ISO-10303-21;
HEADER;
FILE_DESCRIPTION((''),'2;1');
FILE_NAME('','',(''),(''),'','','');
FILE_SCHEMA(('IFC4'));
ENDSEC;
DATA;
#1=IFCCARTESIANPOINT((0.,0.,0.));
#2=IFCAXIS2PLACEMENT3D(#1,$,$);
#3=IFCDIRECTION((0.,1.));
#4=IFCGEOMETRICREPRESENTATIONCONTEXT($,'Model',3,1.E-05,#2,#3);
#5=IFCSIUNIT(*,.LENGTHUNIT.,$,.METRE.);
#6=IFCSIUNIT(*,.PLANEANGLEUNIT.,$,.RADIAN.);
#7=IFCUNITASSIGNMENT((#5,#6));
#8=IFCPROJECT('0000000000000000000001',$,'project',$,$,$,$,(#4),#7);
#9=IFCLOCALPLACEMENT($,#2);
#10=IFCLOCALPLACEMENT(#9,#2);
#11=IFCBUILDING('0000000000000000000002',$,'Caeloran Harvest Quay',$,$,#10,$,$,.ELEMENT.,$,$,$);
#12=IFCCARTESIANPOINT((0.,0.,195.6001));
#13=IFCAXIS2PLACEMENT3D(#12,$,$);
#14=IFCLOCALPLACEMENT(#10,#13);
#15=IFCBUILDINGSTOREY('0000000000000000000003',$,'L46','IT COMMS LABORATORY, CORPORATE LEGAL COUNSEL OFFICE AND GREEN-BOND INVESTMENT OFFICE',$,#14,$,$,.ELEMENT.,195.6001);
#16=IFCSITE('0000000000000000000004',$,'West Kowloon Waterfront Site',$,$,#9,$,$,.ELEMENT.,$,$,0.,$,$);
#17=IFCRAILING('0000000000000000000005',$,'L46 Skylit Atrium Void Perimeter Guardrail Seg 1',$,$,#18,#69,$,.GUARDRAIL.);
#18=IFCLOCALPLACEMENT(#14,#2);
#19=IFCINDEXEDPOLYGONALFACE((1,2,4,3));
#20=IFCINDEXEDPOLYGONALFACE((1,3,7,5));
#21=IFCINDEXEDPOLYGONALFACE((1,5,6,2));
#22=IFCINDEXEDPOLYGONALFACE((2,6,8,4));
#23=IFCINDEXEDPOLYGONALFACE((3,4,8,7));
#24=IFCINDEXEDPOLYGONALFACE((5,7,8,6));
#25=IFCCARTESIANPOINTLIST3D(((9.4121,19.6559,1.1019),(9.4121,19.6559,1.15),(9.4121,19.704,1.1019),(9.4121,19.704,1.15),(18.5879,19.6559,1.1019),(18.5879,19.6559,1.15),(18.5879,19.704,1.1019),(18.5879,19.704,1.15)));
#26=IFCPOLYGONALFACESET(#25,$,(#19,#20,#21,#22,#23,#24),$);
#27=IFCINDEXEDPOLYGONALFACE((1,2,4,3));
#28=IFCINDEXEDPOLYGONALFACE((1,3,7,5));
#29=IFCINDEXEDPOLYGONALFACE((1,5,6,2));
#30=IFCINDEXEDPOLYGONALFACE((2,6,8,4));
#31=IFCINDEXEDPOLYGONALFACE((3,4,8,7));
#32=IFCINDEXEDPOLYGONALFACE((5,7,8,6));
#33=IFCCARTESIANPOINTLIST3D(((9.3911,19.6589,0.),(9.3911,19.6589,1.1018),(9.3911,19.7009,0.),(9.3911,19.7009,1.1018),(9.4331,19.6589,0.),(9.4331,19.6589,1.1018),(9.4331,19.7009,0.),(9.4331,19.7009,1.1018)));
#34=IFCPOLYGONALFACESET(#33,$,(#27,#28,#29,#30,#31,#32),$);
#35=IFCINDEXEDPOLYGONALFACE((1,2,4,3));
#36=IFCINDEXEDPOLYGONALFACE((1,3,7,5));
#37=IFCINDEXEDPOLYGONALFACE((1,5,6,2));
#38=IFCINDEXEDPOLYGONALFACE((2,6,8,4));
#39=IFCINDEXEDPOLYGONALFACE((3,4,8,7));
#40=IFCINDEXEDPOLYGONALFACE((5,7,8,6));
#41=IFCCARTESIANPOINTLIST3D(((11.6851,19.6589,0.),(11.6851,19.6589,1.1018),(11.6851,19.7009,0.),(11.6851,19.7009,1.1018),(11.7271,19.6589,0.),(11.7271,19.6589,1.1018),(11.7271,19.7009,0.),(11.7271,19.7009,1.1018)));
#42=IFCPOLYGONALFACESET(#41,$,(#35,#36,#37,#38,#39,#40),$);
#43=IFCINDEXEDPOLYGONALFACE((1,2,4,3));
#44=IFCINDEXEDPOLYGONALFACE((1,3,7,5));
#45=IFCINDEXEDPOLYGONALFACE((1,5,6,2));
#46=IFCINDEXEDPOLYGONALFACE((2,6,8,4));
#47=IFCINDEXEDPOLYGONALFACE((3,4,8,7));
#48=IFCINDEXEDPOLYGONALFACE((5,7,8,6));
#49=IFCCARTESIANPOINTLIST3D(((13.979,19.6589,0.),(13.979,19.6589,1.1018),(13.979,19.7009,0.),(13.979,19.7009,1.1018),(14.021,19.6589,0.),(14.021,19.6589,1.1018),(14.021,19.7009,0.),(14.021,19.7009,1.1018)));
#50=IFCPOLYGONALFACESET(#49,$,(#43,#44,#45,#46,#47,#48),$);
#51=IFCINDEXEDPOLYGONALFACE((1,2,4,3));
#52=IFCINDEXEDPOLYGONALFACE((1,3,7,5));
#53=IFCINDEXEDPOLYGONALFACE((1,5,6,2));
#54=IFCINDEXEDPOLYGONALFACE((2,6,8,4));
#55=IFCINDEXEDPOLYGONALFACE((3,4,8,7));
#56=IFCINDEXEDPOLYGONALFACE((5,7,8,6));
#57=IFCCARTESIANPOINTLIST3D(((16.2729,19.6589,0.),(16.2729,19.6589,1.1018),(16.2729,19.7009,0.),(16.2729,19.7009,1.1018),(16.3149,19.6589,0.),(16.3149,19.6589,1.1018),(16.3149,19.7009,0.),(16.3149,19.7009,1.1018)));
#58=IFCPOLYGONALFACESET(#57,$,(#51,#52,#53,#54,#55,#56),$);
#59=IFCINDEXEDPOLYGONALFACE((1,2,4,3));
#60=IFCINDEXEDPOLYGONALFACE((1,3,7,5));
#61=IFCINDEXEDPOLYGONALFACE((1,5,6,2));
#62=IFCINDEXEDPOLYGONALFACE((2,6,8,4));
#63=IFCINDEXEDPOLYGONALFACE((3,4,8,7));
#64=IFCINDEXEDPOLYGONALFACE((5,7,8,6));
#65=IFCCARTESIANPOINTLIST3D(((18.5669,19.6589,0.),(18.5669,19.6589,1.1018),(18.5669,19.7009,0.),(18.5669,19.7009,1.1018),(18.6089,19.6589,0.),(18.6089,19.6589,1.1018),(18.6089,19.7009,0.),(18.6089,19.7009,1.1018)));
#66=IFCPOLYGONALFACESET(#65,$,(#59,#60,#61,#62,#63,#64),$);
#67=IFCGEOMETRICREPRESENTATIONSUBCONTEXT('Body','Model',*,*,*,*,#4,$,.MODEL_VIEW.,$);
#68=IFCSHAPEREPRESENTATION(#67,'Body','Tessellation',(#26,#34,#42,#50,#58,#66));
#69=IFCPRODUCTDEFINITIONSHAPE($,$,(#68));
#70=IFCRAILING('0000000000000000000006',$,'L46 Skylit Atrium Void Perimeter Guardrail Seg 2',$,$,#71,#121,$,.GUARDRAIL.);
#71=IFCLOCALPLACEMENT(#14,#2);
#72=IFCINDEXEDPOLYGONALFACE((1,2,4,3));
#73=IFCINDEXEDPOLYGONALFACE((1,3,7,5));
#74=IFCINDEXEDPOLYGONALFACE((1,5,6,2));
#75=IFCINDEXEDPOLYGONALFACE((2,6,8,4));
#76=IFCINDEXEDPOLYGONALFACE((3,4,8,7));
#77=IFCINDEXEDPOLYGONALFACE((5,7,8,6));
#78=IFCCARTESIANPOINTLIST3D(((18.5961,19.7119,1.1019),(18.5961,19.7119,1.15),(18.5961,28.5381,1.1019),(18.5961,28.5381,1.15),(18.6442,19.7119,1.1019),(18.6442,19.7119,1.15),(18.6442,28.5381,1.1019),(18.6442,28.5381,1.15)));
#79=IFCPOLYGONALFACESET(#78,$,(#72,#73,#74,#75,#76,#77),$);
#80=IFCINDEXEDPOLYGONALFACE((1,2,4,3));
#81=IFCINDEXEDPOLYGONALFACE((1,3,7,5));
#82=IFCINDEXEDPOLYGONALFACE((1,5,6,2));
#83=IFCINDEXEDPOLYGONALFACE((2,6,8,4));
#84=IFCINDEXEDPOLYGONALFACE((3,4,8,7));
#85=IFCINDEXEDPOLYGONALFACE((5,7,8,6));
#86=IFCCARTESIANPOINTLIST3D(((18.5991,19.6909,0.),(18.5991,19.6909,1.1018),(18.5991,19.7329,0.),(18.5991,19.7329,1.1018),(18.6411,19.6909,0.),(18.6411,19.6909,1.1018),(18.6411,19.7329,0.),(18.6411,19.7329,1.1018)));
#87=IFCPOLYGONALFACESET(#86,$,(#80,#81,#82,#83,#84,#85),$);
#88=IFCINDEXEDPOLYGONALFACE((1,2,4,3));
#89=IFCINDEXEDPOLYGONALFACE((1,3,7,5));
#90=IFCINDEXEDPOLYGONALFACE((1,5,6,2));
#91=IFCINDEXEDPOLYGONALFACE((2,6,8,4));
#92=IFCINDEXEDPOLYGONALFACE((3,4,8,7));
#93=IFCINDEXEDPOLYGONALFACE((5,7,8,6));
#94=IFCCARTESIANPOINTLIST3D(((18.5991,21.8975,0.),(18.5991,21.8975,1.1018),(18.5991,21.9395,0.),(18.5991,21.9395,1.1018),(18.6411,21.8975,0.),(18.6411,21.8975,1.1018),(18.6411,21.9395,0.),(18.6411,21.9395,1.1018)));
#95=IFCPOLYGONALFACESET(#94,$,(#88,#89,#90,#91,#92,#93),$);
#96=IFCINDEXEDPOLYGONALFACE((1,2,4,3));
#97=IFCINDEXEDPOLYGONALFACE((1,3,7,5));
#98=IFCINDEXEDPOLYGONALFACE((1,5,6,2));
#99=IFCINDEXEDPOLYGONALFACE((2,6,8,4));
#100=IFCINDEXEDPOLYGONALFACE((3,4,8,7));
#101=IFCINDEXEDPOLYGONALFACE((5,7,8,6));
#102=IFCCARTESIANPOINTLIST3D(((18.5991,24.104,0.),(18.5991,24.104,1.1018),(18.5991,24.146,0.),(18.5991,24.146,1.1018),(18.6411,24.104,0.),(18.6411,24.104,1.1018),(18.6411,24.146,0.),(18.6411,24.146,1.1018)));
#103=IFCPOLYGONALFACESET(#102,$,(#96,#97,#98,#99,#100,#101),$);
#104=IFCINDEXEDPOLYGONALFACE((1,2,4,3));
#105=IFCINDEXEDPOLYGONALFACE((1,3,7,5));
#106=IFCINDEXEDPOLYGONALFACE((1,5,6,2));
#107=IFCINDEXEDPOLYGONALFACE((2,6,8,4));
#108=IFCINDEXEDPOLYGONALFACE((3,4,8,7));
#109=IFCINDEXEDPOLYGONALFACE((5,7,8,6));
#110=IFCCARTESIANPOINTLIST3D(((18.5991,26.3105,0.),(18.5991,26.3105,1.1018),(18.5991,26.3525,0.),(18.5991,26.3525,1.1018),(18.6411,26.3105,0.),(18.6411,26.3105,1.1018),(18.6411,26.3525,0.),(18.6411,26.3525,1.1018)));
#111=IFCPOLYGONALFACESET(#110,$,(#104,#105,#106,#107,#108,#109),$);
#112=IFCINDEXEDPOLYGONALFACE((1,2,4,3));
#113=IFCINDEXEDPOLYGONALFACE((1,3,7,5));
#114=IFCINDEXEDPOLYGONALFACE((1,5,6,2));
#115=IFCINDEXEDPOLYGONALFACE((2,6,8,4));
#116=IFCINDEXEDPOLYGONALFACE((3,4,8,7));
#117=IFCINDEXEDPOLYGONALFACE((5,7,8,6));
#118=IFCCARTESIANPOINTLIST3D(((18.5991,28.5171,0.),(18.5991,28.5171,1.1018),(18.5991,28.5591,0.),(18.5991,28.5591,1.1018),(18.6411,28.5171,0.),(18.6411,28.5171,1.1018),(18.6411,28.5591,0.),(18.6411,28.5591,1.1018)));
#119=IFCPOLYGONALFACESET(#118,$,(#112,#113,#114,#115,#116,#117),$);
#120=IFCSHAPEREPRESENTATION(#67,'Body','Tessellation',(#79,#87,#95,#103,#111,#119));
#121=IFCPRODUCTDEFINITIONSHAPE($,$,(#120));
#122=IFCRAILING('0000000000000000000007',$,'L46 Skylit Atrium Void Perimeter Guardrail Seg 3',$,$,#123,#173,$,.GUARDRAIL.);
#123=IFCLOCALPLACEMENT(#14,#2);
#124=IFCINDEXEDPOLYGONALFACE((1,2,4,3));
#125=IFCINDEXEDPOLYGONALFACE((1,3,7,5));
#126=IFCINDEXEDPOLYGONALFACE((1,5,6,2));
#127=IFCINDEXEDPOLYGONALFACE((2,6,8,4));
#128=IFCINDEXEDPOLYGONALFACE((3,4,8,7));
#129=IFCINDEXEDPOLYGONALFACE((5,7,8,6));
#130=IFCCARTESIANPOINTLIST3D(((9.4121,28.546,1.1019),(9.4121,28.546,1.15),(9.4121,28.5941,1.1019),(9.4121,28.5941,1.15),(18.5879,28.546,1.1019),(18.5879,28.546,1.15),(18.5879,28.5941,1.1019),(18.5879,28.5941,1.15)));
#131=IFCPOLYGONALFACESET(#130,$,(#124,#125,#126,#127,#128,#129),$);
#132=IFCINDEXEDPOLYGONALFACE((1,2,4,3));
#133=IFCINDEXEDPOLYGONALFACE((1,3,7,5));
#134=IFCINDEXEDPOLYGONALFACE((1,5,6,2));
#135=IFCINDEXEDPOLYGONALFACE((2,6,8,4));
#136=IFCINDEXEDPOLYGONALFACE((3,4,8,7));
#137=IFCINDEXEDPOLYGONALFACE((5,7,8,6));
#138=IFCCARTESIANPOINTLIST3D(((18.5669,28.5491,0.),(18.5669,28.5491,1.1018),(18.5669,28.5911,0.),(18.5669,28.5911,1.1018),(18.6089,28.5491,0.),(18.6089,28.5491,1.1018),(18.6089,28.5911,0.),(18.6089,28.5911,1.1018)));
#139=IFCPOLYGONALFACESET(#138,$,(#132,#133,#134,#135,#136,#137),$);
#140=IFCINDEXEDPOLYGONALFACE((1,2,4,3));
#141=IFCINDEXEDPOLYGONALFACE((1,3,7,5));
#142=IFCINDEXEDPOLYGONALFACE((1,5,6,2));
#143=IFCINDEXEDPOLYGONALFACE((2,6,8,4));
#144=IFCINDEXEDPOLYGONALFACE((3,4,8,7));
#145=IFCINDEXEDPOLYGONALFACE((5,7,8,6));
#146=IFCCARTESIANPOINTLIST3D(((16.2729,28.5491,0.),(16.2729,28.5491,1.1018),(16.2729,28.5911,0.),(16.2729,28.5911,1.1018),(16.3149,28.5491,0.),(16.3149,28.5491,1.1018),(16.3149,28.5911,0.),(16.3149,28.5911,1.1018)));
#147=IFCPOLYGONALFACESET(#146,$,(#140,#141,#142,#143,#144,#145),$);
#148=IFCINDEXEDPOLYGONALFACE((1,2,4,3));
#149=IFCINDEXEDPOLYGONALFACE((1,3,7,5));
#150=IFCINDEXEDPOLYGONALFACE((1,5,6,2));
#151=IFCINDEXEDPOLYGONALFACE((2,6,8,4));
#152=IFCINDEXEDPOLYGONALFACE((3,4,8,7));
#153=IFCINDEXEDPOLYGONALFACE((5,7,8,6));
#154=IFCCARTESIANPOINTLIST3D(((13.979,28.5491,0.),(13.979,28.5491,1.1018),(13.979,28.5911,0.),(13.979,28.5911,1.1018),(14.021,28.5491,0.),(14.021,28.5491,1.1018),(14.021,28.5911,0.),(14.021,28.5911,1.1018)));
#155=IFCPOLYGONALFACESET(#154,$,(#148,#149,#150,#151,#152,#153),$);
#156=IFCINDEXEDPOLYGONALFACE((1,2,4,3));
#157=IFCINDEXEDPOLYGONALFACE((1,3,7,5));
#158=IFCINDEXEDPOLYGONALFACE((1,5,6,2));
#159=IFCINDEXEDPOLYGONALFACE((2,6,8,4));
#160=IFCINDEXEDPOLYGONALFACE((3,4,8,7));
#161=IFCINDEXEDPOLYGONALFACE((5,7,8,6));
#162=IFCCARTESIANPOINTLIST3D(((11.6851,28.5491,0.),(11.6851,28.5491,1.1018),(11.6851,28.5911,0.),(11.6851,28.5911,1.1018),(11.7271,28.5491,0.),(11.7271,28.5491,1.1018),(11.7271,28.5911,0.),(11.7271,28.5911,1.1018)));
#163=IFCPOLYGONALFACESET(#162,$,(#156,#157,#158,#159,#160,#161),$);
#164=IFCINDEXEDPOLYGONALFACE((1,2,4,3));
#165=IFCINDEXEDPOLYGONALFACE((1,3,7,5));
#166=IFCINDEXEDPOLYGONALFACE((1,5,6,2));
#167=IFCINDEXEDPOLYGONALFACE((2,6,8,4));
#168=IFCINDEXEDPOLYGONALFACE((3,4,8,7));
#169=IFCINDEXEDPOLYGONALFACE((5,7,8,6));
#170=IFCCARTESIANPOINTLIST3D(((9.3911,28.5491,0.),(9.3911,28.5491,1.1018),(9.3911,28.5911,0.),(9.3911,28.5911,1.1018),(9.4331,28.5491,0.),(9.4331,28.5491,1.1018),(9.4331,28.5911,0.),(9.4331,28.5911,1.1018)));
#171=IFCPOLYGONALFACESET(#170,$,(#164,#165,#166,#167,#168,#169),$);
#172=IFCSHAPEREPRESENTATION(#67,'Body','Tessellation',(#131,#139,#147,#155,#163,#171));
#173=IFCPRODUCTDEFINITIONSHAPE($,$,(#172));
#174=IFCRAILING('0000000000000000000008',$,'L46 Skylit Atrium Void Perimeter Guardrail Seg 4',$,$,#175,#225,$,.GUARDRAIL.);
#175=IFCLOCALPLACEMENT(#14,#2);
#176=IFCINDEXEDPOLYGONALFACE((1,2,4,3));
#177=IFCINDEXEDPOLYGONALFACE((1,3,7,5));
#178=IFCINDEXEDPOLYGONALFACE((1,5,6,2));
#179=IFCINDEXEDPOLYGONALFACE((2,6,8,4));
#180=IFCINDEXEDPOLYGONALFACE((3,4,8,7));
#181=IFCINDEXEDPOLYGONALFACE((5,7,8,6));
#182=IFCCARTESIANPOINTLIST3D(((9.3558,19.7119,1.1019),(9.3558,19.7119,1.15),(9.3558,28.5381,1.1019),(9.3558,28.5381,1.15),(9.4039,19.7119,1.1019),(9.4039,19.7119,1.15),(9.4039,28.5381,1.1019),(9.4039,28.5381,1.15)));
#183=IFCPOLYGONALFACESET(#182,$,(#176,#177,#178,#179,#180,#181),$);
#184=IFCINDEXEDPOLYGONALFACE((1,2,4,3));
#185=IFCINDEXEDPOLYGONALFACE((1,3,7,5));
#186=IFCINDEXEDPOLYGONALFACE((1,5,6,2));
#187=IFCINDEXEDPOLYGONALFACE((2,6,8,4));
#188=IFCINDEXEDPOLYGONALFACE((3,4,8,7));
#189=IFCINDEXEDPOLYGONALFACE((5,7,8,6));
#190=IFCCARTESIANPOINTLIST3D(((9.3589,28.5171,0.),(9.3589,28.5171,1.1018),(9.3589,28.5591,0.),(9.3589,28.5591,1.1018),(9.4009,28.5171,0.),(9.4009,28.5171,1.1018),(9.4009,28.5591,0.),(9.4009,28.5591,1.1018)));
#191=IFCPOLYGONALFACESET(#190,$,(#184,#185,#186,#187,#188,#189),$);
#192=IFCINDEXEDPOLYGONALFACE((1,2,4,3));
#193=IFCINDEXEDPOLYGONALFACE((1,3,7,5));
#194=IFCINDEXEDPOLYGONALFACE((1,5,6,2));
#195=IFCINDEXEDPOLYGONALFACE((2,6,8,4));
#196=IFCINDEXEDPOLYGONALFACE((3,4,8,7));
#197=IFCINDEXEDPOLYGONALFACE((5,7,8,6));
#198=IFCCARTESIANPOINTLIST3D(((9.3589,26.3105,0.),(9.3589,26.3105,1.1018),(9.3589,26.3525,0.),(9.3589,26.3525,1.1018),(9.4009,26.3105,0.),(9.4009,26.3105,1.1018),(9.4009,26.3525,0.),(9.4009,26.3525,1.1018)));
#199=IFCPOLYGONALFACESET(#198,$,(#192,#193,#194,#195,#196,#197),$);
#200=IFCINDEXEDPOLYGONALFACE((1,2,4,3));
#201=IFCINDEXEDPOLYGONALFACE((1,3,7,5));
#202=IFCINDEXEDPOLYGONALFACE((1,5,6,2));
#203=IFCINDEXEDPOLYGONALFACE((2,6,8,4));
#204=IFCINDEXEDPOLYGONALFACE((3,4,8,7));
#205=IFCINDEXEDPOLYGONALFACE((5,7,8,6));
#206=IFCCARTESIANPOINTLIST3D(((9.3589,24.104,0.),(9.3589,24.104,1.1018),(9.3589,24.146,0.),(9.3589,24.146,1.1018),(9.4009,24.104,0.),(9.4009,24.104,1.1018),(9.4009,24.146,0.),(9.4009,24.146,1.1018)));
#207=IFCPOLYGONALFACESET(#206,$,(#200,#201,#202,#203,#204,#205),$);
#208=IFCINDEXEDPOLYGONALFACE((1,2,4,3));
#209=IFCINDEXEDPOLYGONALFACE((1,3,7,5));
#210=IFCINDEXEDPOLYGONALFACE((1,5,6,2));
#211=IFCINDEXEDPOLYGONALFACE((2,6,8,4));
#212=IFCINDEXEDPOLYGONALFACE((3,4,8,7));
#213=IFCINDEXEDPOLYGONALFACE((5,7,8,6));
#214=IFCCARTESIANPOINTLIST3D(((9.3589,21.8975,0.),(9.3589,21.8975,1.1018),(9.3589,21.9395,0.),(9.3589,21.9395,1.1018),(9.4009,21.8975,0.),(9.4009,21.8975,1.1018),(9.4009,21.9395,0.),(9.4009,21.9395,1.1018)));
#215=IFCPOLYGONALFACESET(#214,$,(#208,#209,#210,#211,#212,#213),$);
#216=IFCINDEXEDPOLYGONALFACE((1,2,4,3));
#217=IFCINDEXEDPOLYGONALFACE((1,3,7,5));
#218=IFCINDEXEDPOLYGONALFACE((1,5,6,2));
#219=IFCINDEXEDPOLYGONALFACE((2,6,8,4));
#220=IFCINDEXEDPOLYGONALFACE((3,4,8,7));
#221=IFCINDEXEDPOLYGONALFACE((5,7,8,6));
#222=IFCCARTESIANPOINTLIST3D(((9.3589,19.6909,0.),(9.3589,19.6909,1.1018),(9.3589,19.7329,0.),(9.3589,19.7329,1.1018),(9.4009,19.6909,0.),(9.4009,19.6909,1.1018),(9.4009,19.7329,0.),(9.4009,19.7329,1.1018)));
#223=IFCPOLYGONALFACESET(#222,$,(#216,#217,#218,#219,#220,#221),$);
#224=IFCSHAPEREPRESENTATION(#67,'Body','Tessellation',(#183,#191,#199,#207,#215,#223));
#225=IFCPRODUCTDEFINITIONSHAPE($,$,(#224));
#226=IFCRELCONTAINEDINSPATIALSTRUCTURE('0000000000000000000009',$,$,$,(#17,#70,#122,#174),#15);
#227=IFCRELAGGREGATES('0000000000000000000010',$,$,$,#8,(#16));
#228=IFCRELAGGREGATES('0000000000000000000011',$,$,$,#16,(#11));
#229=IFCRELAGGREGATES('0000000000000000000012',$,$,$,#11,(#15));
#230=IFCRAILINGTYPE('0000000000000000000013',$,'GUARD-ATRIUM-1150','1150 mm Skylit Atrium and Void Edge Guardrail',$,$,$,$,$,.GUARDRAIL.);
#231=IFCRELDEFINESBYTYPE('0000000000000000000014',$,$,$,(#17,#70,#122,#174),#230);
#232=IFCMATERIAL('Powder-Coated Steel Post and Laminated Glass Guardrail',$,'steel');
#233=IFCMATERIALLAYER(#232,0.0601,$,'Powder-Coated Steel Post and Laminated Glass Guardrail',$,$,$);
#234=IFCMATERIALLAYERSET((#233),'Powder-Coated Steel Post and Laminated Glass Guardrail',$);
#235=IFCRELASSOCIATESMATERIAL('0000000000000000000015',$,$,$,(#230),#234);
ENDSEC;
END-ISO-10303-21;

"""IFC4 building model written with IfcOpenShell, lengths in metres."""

from ifc_helpers import new_model, si_unit, direction, frame, origin, origin_2d, place, context, subcontext, project, spatial, rectangle, extrude, material, layer, layer_set, type_object, element, save


model = new_model("IFC4")

# Units and contexts
model_context = context("Model", 3, precision=1e-05, world=origin(), true_north=direction((0.0, 1.0)))
body_context = subcontext(model_context, "Body", "Model", "MODEL_VIEW")
ifc_project = project(units=[si_unit("LENGTHUNIT", "METRE"), si_unit("PLANEANGLEUNIT", "RADIAN")], contexts=[model_context])

# Site, building, storey
site_placement = place(None, origin())
site = spatial("IfcSite", under=ifc_project, at=site_placement, Name="West Kowloon Waterfront Site", CompositionType="ELEMENT", RefElevation=0.0)
building_placement = place(site_placement, origin())
building = spatial("IfcBuilding", under=site, at=building_placement, Name="Caeloran Harvest Quay", CompositionType="ELEMENT")
storey_placement = place(building_placement, frame((0.0, 0.0, 195.6001)))
storey = spatial("IfcBuildingStorey", under=building, at=storey_placement, Name="L46", Description="IT COMMS LABORATORY, CORPORATE LEGAL COUNSEL OFFICE AND GREEN-BOND INVESTMENT OFFICE", CompositionType="ELEMENT", Elevation=195.6001)

# Railings
ifc_material_1 = material(Name="Powder-Coated Steel Post and Laminated Glass Guardrail", Category="steel")
ifc_layer_1 = layer(ifc_material_1, 0.0601, Name="Powder-Coated Steel Post and Laminated Glass Guardrail")
ifc_layer_set_1 = layer_set([ifc_layer_1], Name="Powder-Coated Steel Post and Laminated Glass Guardrail")
railing_type = type_object("IfcRailingType", Name="GUARD-ATRIUM-1150", Description="1150 mm Skylit Atrium and Void Edge Guardrail", PredefinedType="GUARDRAIL", material=ifc_layer_set_1)
railing_1_placement = place(storey_placement, frame((9.4121, 19.6799, 0.0)))
element("IfcRailing", 1, at=railing_1_placement, inside=storey, type_object=railing_type, Name="L46 Skylit Atrium Void Perimeter Guardrail Seg 1", PredefinedType="GUARDRAIL", context=body_context, shape_type="SweptSolid", body=[
    extrude(rectangle(XDim=0.0481, YDim=0.0481, at=origin_2d()), frame((0.0, 0.0, 1.126), z_axis=(1.0, 0.0, 0.0), x_axis=(0.0, 1.0, 0.0)), (0.0, 0.0, 1.0), 9.1758),
    extrude(rectangle(XDim=0.042, YDim=0.042, at=origin_2d()), origin(), (0.0, 0.0, 1.0), 1.1018),
    extrude(rectangle(XDim=0.042, YDim=0.042, at=origin_2d()), frame((2.2939, 0.0, 0.0)), (0.0, 0.0, 1.0), 1.1018),
    extrude(rectangle(XDim=0.042, YDim=0.042, at=origin_2d()), frame((4.5879, 0.0, 0.0)), (0.0, 0.0, 1.0), 1.1018),
    extrude(rectangle(XDim=0.042, YDim=0.042, at=origin_2d()), frame((6.8818, 0.0, 0.0)), (0.0, 0.0, 1.0), 1.1018),
    extrude(rectangle(XDim=0.042, YDim=0.042, at=origin_2d()), frame((9.1758, 0.0, 0.0)), (0.0, 0.0, 1.0), 1.1018),
])
railing_2_placement = place(storey_placement, frame((18.6201, 19.7119, 0.0)))
element("IfcRailing", 2, at=railing_2_placement, inside=storey, type_object=railing_type, Name="L46 Skylit Atrium Void Perimeter Guardrail Seg 2", PredefinedType="GUARDRAIL", context=body_context, shape_type="SweptSolid", body=[
    extrude(rectangle(XDim=0.0481, YDim=0.0481, at=origin_2d()), frame((0.0, 0.0, 1.126), z_axis=(0.0, 1.0, 0.0), x_axis=(-1.0, 0.0, 0.0)), (0.0, 0.0, 1.0), 8.8262),
    extrude(rectangle(XDim=0.042, YDim=0.042, at=origin_2d()), origin(), (0.0, 0.0, 1.0), 1.1018),
    extrude(rectangle(XDim=0.042, YDim=0.042, at=origin_2d()), frame((0.0, 2.2065, 0.0)), (0.0, 0.0, 1.0), 1.1018),
    extrude(rectangle(XDim=0.042, YDim=0.042, at=origin_2d()), frame((0.0, 4.4131, 0.0)), (0.0, 0.0, 1.0), 1.1018),
    extrude(rectangle(XDim=0.042, YDim=0.042, at=origin_2d()), frame((0.0, 6.6196, 0.0)), (0.0, 0.0, 1.0), 1.1018),
    extrude(rectangle(XDim=0.042, YDim=0.042, at=origin_2d()), frame((0.0, 8.8262, 0.0)), (0.0, 0.0, 1.0), 1.1018),
])
railing_3_placement = place(storey_placement, frame((18.5879, 28.5701, 0.0)))
element("IfcRailing", 3, at=railing_3_placement, inside=storey, type_object=railing_type, Name="L46 Skylit Atrium Void Perimeter Guardrail Seg 3", PredefinedType="GUARDRAIL", context=body_context, shape_type="SweptSolid", body=[
    extrude(rectangle(XDim=0.0481, YDim=0.0481, at=origin_2d()), frame((0.0, 0.0, 1.126), z_axis=(-1.0, 0.0, 0.0), x_axis=(0.0, -1.0, 0.0)), (0.0, 0.0, 1.0), 9.1758),
    extrude(rectangle(XDim=0.042, YDim=0.042, at=origin_2d()), origin(), (0.0, 0.0, 1.0), 1.1018),
    extrude(rectangle(XDim=0.042, YDim=0.042, at=origin_2d()), frame((-2.2939, 0.0, 0.0)), (0.0, 0.0, 1.0), 1.1018),
    extrude(rectangle(XDim=0.042, YDim=0.042, at=origin_2d()), frame((-4.5879, 0.0, 0.0)), (0.0, 0.0, 1.0), 1.1018),
    extrude(rectangle(XDim=0.042, YDim=0.042, at=origin_2d()), frame((-6.8818, 0.0, 0.0)), (0.0, 0.0, 1.0), 1.1018),
    extrude(rectangle(XDim=0.042, YDim=0.042, at=origin_2d()), frame((-9.1758, 0.0, 0.0)), (0.0, 0.0, 1.0), 1.1018),
])
railing_4_placement = place(storey_placement, frame((9.3799, 28.5381, 0.0)))
element("IfcRailing", 4, at=railing_4_placement, inside=storey, type_object=railing_type, Name="L46 Skylit Atrium Void Perimeter Guardrail Seg 4", PredefinedType="GUARDRAIL", context=body_context, shape_type="SweptSolid", body=[
    extrude(rectangle(XDim=0.0481, YDim=0.0481, at=origin_2d()), frame((0.0, 0.0, 1.126), z_axis=(0.0, -1.0, 0.0), x_axis=(1.0, 0.0, 0.0)), (0.0, 0.0, 1.0), 8.8262),
    extrude(rectangle(XDim=0.042, YDim=0.042, at=origin_2d()), origin(), (0.0, 0.0, 1.0), 1.1018),
    extrude(rectangle(XDim=0.042, YDim=0.042, at=origin_2d()), frame((0.0, -2.2065, 0.0)), (0.0, 0.0, 1.0), 1.1018),
    extrude(rectangle(XDim=0.042, YDim=0.042, at=origin_2d()), frame((0.0, -4.4131, 0.0)), (0.0, 0.0, 1.0), 1.1018),
    extrude(rectangle(XDim=0.042, YDim=0.042, at=origin_2d()), frame((0.0, -6.6196, 0.0)), (0.0, 0.0, 1.0), 1.1018),
    extrude(rectangle(XDim=0.042, YDim=0.042, at=origin_2d()), frame((0.0, -8.8262, 0.0)), (0.0, 0.0, 1.0), 1.1018),
])

save(model, "model.ifc")
